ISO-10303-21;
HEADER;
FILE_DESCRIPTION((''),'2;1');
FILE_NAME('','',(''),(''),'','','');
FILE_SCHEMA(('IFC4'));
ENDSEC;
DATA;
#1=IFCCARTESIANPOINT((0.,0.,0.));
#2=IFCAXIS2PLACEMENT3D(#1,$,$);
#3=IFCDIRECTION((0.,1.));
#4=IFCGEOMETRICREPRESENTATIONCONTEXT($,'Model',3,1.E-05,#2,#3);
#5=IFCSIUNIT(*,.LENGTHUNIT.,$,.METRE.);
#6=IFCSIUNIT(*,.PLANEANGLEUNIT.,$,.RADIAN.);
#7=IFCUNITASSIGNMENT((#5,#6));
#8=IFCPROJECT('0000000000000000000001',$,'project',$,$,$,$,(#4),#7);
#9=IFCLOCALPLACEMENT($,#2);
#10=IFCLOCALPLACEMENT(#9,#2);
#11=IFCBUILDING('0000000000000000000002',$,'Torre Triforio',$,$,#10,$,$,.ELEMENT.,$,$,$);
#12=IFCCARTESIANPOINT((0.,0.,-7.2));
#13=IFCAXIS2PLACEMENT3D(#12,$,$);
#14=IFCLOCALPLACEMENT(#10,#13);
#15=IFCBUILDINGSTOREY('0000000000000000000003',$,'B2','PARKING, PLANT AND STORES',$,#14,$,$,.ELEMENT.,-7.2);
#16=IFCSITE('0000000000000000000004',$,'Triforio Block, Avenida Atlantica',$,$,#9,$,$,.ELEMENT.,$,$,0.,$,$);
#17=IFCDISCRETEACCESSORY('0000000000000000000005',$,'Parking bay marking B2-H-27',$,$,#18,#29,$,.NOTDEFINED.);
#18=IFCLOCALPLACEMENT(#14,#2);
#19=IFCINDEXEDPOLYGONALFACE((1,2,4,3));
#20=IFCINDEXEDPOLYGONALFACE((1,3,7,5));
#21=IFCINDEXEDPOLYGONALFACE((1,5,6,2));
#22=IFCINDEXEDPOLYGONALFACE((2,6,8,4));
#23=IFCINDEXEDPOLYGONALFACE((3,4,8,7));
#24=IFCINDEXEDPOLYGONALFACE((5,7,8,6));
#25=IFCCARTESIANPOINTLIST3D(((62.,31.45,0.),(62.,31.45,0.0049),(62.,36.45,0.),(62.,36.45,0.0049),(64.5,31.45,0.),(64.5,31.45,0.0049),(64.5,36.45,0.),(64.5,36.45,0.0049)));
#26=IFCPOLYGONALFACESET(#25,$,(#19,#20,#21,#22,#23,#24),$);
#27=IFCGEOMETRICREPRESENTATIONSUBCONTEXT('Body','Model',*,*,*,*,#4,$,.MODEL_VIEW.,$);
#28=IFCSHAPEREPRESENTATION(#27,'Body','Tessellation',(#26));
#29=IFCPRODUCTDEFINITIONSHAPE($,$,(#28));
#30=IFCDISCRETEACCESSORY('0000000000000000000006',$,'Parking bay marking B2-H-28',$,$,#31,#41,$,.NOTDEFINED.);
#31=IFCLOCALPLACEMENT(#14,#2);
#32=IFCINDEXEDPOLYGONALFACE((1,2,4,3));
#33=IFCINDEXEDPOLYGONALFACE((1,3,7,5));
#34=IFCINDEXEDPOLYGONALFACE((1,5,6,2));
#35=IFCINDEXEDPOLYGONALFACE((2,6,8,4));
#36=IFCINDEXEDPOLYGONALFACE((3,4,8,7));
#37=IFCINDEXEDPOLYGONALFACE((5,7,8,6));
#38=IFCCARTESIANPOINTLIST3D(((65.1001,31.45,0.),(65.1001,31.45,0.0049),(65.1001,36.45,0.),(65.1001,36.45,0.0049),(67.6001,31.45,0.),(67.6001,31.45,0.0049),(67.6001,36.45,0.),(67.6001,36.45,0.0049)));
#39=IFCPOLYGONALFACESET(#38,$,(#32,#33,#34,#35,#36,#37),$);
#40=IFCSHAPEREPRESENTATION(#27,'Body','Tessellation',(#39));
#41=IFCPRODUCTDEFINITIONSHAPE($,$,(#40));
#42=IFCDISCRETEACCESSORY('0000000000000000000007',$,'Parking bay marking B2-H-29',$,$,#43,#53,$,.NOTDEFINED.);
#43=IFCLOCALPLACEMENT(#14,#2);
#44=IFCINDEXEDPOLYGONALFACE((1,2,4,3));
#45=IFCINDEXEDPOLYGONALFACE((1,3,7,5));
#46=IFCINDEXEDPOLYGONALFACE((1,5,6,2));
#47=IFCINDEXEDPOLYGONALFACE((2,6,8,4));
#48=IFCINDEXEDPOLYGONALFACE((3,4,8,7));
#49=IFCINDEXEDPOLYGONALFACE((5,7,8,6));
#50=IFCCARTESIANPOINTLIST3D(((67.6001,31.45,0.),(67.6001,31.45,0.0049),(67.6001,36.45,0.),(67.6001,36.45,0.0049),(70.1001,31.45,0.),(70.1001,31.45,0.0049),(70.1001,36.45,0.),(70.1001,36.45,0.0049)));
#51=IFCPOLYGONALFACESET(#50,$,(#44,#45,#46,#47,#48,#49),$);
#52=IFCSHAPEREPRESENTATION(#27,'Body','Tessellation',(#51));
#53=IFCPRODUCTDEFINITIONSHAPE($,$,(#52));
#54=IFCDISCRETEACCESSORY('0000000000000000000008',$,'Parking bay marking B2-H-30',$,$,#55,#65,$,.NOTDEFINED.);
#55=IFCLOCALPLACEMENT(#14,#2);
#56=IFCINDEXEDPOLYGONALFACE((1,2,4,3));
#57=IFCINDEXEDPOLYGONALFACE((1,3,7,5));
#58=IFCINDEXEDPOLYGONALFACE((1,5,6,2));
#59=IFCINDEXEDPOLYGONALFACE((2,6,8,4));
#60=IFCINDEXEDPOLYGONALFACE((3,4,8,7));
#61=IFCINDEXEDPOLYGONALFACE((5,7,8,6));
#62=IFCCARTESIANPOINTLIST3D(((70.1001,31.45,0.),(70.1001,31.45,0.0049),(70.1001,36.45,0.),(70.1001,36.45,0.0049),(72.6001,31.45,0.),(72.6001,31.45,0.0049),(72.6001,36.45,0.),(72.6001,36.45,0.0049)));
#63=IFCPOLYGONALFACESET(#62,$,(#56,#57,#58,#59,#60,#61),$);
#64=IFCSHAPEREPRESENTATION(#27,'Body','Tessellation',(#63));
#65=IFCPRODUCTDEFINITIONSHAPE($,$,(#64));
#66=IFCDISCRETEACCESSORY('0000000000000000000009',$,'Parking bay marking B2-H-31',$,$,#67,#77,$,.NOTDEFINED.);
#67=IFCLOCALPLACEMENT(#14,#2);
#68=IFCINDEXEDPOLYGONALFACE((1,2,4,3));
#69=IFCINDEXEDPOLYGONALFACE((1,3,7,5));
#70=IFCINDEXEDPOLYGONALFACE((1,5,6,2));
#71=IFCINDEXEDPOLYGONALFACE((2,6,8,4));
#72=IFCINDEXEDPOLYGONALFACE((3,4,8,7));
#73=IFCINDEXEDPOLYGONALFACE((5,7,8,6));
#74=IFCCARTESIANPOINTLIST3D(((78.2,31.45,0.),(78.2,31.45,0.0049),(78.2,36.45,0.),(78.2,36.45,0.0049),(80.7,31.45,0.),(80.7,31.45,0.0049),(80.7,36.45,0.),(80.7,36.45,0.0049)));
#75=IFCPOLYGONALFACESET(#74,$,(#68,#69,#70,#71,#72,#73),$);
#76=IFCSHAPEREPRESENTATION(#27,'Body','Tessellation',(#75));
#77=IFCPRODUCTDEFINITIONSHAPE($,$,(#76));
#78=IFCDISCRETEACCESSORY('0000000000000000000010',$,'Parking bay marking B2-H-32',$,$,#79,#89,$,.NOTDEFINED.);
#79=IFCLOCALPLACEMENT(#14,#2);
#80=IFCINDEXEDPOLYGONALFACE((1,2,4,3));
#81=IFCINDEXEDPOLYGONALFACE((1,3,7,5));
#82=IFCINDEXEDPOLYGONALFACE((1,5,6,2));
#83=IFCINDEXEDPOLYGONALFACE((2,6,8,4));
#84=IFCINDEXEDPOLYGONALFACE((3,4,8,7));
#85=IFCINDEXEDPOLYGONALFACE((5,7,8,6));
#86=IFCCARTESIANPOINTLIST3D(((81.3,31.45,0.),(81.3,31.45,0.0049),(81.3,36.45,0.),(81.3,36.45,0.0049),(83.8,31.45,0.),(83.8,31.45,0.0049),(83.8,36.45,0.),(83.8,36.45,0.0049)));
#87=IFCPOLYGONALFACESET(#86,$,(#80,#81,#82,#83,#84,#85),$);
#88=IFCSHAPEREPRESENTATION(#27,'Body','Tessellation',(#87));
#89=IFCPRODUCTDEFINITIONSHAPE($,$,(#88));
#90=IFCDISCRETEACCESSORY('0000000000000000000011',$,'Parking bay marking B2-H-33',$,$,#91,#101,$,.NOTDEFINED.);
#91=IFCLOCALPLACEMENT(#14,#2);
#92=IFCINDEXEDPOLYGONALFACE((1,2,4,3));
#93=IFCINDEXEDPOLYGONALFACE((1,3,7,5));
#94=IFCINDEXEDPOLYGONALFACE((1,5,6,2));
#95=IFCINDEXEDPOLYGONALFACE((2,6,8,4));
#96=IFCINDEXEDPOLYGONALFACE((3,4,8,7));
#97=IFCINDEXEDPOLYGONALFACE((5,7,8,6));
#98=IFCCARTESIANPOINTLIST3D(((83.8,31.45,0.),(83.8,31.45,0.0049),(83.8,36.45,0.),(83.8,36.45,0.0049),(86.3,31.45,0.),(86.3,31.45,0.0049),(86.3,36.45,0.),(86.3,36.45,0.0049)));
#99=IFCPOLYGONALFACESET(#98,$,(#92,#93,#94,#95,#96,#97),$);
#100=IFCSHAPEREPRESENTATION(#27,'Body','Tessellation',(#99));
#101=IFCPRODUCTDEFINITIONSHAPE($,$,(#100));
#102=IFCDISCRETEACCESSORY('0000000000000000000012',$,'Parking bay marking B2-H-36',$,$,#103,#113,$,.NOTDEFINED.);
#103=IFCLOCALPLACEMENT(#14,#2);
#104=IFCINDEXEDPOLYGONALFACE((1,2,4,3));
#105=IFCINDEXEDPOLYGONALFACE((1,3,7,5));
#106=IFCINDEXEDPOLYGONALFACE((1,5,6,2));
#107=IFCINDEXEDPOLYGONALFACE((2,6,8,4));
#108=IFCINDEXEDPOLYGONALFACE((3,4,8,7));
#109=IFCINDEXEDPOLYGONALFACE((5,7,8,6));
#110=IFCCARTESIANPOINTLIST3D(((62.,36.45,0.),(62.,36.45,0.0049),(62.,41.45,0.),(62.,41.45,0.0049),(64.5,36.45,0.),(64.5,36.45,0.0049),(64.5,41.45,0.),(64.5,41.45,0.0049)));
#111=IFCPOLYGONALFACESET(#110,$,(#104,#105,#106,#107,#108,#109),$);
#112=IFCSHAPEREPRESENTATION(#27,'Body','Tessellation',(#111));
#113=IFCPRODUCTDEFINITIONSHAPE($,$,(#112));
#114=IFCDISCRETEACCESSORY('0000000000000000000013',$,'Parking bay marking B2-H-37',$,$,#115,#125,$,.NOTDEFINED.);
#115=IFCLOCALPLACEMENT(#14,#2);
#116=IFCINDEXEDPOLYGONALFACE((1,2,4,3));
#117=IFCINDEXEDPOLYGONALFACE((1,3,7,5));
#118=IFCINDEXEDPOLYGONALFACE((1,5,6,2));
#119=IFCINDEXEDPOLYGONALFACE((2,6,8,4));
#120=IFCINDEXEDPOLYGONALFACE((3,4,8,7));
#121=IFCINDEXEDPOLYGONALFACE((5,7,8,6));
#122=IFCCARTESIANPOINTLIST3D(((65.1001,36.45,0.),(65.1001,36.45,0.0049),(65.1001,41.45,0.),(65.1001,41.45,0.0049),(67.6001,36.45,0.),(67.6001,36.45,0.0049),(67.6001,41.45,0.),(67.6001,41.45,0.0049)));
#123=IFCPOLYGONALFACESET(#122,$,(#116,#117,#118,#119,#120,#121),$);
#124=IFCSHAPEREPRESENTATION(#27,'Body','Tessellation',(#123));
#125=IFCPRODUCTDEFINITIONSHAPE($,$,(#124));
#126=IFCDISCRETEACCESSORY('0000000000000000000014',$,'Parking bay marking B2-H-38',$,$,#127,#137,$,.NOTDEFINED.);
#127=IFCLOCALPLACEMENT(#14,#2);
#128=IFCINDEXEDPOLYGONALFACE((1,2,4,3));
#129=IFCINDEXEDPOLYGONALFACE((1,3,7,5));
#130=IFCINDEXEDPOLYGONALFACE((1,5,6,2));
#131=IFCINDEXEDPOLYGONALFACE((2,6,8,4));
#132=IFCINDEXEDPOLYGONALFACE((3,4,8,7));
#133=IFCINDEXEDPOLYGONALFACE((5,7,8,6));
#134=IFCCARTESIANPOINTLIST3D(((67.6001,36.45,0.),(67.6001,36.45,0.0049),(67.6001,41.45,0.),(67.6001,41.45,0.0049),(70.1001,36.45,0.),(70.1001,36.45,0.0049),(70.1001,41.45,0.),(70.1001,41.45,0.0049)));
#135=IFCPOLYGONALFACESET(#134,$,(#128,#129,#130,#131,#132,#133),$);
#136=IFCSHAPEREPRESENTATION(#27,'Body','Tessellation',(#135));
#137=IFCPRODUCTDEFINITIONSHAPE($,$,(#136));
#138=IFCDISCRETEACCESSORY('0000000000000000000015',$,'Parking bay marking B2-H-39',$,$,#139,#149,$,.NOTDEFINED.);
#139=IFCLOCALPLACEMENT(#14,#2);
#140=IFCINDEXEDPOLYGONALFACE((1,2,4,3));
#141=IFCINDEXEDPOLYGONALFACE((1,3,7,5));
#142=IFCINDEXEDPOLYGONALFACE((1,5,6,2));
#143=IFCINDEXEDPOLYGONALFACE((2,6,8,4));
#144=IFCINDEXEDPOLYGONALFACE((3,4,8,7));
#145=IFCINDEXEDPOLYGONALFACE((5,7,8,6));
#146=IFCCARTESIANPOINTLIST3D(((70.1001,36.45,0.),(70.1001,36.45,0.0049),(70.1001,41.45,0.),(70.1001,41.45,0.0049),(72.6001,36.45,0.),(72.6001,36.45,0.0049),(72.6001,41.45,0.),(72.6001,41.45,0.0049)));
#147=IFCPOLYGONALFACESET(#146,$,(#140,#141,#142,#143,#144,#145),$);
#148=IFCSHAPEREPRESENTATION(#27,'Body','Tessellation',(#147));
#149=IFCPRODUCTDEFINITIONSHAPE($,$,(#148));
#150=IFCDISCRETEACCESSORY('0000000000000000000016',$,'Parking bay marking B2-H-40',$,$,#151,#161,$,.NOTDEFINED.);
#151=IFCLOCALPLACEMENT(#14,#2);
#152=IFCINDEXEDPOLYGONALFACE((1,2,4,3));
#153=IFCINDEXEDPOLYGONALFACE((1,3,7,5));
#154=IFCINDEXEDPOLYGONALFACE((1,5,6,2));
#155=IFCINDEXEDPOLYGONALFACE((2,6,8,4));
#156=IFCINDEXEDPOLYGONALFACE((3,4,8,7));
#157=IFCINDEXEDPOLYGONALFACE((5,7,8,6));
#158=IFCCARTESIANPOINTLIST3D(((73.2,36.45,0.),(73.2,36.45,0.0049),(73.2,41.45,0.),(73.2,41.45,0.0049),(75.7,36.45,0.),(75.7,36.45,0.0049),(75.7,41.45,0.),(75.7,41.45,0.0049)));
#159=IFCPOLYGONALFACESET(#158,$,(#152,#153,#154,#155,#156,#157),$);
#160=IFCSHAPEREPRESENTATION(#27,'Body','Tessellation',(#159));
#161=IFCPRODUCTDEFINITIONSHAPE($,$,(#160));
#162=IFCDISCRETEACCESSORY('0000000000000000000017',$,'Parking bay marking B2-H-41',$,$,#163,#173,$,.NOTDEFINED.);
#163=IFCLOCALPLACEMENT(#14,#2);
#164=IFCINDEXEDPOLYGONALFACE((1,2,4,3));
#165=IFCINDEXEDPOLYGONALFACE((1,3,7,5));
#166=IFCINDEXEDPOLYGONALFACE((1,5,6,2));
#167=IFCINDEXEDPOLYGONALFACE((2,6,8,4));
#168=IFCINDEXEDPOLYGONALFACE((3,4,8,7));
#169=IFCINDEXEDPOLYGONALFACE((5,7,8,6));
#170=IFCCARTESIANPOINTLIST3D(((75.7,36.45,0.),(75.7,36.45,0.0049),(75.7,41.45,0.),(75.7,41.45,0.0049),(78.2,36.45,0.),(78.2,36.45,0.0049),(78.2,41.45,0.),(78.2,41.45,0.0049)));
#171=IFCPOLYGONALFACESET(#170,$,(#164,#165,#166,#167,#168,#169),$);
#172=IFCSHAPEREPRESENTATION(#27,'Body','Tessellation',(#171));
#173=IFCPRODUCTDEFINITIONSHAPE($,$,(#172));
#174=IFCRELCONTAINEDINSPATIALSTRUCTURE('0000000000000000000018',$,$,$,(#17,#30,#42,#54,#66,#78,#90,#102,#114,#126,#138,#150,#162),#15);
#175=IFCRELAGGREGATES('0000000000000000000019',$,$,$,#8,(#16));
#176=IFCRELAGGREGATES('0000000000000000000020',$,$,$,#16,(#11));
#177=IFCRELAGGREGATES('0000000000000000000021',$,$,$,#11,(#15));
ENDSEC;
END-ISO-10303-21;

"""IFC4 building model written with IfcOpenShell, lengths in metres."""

from ifc_helpers import new_model, si_unit, direction, frame, origin, origin_2d, place, context, subcontext, project, spatial, rectangle, extrude, element, save


model = new_model("IFC4")

# Units and contexts
model_context = context("Model", 3, precision=1e-05, world=origin(), true_north=direction((0.0, 1.0)))
body_context = subcontext(model_context, "Body", "Model", "MODEL_VIEW")
ifc_project = project(units=[si_unit("LENGTHUNIT", "METRE"), si_unit("PLANEANGLEUNIT", "RADIAN")], contexts=[model_context])

# Site, building, storey
site_placement = place(None, origin())
site = spatial("IfcSite", under=ifc_project, at=site_placement, Name="Triforio Block, Avenida Atlantica", CompositionType="ELEMENT", RefElevation=0.0)
building_placement = place(site_placement, origin())
building = spatial("IfcBuilding", under=site, at=building_placement, Name="Torre Triforio", CompositionType="ELEMENT")
storey_placement = place(building_placement, frame((0.0, 0.0, -7.2)))
storey = spatial("IfcBuildingStorey", under=building, at=storey_placement, Name="B2", Description="PARKING, PLANT AND STORES", CompositionType="ELEMENT", Elevation=-7.2)

# Discrete accessories
for number, where, z_axis, x_axis, name in (
    (1, (63.25, 33.95, 0.0), (0.0, 0.0, 1.0), (1.0, 0.0, 0.0), "Parking bay marking B2-H-27"),
    (2, (66.3501, 33.95, 0.0), (0.0, 0.0, 1.0), (1.0, 0.0, 0.0), "Parking bay marking B2-H-28"),
    (3, (68.8501, 33.95, 0.0), (0.0, 0.0, 1.0), (1.0, 0.0, 0.0), "Parking bay marking B2-H-29"),
    (4, (71.3501, 33.95, 0.0), (0.0, 0.0, 1.0), (1.0, 0.0, 0.0), "Parking bay marking B2-H-30"),
    (5, (79.45, 33.95, 0.0), (0.0, 0.0, 1.0), (1.0, 0.0, 0.0), "Parking bay marking B2-H-31"),
    (6, (82.55, 33.95, 0.0), (0.0, 0.0, 1.0), (1.0, 0.0, 0.0), "Parking bay marking B2-H-32"),
    (7, (85.05, 33.95, 0.0), (0.0, 0.0, 1.0), (1.0, 0.0, 0.0), "Parking bay marking B2-H-33"),
    (8, (63.25, 38.95, 0.0), (0.0, 0.0, 1.0), (1.0, 0.0, 0.0), "Parking bay marking B2-H-36"),
    (9, (66.3501, 38.95, 0.0), (0.0, 0.0, 1.0), (1.0, 0.0, 0.0), "Parking bay marking B2-H-37"),
    (10, (68.8501, 38.95, 0.0), (0.0, 0.0, 1.0), (1.0, 0.0, 0.0), "Parking bay marking B2-H-38"),
    (11, (71.3501, 38.95, 0.0), (0.0, 0.0, 1.0), (1.0, 0.0, 0.0), "Parking bay marking B2-H-39"),
    (12, (74.45, 38.95, 0.0), (0.0, 0.0, 1.0), (1.0, 0.0, 0.0), "Parking bay marking B2-H-40"),
    (13, (76.95, 38.95, 0.0), (0.0, 0.0, 1.0), (1.0, 0.0, 0.0), "Parking bay marking B2-H-41"),
):
    element("IfcDiscreteAccessory", number, at=place(storey_placement, frame(where, z_axis=z_axis, x_axis=x_axis)), inside=storey, Name=name, PredefinedType="NOTDEFINED", context=body_context, shape_type="SweptSolid", body=[
        extrude(rectangle(XDim=2.5, YDim=5.0, at=origin_2d()), origin(), (0.0, 0.0, 1.0), 0.0049),
    ])

save(model, "model.ifc")
